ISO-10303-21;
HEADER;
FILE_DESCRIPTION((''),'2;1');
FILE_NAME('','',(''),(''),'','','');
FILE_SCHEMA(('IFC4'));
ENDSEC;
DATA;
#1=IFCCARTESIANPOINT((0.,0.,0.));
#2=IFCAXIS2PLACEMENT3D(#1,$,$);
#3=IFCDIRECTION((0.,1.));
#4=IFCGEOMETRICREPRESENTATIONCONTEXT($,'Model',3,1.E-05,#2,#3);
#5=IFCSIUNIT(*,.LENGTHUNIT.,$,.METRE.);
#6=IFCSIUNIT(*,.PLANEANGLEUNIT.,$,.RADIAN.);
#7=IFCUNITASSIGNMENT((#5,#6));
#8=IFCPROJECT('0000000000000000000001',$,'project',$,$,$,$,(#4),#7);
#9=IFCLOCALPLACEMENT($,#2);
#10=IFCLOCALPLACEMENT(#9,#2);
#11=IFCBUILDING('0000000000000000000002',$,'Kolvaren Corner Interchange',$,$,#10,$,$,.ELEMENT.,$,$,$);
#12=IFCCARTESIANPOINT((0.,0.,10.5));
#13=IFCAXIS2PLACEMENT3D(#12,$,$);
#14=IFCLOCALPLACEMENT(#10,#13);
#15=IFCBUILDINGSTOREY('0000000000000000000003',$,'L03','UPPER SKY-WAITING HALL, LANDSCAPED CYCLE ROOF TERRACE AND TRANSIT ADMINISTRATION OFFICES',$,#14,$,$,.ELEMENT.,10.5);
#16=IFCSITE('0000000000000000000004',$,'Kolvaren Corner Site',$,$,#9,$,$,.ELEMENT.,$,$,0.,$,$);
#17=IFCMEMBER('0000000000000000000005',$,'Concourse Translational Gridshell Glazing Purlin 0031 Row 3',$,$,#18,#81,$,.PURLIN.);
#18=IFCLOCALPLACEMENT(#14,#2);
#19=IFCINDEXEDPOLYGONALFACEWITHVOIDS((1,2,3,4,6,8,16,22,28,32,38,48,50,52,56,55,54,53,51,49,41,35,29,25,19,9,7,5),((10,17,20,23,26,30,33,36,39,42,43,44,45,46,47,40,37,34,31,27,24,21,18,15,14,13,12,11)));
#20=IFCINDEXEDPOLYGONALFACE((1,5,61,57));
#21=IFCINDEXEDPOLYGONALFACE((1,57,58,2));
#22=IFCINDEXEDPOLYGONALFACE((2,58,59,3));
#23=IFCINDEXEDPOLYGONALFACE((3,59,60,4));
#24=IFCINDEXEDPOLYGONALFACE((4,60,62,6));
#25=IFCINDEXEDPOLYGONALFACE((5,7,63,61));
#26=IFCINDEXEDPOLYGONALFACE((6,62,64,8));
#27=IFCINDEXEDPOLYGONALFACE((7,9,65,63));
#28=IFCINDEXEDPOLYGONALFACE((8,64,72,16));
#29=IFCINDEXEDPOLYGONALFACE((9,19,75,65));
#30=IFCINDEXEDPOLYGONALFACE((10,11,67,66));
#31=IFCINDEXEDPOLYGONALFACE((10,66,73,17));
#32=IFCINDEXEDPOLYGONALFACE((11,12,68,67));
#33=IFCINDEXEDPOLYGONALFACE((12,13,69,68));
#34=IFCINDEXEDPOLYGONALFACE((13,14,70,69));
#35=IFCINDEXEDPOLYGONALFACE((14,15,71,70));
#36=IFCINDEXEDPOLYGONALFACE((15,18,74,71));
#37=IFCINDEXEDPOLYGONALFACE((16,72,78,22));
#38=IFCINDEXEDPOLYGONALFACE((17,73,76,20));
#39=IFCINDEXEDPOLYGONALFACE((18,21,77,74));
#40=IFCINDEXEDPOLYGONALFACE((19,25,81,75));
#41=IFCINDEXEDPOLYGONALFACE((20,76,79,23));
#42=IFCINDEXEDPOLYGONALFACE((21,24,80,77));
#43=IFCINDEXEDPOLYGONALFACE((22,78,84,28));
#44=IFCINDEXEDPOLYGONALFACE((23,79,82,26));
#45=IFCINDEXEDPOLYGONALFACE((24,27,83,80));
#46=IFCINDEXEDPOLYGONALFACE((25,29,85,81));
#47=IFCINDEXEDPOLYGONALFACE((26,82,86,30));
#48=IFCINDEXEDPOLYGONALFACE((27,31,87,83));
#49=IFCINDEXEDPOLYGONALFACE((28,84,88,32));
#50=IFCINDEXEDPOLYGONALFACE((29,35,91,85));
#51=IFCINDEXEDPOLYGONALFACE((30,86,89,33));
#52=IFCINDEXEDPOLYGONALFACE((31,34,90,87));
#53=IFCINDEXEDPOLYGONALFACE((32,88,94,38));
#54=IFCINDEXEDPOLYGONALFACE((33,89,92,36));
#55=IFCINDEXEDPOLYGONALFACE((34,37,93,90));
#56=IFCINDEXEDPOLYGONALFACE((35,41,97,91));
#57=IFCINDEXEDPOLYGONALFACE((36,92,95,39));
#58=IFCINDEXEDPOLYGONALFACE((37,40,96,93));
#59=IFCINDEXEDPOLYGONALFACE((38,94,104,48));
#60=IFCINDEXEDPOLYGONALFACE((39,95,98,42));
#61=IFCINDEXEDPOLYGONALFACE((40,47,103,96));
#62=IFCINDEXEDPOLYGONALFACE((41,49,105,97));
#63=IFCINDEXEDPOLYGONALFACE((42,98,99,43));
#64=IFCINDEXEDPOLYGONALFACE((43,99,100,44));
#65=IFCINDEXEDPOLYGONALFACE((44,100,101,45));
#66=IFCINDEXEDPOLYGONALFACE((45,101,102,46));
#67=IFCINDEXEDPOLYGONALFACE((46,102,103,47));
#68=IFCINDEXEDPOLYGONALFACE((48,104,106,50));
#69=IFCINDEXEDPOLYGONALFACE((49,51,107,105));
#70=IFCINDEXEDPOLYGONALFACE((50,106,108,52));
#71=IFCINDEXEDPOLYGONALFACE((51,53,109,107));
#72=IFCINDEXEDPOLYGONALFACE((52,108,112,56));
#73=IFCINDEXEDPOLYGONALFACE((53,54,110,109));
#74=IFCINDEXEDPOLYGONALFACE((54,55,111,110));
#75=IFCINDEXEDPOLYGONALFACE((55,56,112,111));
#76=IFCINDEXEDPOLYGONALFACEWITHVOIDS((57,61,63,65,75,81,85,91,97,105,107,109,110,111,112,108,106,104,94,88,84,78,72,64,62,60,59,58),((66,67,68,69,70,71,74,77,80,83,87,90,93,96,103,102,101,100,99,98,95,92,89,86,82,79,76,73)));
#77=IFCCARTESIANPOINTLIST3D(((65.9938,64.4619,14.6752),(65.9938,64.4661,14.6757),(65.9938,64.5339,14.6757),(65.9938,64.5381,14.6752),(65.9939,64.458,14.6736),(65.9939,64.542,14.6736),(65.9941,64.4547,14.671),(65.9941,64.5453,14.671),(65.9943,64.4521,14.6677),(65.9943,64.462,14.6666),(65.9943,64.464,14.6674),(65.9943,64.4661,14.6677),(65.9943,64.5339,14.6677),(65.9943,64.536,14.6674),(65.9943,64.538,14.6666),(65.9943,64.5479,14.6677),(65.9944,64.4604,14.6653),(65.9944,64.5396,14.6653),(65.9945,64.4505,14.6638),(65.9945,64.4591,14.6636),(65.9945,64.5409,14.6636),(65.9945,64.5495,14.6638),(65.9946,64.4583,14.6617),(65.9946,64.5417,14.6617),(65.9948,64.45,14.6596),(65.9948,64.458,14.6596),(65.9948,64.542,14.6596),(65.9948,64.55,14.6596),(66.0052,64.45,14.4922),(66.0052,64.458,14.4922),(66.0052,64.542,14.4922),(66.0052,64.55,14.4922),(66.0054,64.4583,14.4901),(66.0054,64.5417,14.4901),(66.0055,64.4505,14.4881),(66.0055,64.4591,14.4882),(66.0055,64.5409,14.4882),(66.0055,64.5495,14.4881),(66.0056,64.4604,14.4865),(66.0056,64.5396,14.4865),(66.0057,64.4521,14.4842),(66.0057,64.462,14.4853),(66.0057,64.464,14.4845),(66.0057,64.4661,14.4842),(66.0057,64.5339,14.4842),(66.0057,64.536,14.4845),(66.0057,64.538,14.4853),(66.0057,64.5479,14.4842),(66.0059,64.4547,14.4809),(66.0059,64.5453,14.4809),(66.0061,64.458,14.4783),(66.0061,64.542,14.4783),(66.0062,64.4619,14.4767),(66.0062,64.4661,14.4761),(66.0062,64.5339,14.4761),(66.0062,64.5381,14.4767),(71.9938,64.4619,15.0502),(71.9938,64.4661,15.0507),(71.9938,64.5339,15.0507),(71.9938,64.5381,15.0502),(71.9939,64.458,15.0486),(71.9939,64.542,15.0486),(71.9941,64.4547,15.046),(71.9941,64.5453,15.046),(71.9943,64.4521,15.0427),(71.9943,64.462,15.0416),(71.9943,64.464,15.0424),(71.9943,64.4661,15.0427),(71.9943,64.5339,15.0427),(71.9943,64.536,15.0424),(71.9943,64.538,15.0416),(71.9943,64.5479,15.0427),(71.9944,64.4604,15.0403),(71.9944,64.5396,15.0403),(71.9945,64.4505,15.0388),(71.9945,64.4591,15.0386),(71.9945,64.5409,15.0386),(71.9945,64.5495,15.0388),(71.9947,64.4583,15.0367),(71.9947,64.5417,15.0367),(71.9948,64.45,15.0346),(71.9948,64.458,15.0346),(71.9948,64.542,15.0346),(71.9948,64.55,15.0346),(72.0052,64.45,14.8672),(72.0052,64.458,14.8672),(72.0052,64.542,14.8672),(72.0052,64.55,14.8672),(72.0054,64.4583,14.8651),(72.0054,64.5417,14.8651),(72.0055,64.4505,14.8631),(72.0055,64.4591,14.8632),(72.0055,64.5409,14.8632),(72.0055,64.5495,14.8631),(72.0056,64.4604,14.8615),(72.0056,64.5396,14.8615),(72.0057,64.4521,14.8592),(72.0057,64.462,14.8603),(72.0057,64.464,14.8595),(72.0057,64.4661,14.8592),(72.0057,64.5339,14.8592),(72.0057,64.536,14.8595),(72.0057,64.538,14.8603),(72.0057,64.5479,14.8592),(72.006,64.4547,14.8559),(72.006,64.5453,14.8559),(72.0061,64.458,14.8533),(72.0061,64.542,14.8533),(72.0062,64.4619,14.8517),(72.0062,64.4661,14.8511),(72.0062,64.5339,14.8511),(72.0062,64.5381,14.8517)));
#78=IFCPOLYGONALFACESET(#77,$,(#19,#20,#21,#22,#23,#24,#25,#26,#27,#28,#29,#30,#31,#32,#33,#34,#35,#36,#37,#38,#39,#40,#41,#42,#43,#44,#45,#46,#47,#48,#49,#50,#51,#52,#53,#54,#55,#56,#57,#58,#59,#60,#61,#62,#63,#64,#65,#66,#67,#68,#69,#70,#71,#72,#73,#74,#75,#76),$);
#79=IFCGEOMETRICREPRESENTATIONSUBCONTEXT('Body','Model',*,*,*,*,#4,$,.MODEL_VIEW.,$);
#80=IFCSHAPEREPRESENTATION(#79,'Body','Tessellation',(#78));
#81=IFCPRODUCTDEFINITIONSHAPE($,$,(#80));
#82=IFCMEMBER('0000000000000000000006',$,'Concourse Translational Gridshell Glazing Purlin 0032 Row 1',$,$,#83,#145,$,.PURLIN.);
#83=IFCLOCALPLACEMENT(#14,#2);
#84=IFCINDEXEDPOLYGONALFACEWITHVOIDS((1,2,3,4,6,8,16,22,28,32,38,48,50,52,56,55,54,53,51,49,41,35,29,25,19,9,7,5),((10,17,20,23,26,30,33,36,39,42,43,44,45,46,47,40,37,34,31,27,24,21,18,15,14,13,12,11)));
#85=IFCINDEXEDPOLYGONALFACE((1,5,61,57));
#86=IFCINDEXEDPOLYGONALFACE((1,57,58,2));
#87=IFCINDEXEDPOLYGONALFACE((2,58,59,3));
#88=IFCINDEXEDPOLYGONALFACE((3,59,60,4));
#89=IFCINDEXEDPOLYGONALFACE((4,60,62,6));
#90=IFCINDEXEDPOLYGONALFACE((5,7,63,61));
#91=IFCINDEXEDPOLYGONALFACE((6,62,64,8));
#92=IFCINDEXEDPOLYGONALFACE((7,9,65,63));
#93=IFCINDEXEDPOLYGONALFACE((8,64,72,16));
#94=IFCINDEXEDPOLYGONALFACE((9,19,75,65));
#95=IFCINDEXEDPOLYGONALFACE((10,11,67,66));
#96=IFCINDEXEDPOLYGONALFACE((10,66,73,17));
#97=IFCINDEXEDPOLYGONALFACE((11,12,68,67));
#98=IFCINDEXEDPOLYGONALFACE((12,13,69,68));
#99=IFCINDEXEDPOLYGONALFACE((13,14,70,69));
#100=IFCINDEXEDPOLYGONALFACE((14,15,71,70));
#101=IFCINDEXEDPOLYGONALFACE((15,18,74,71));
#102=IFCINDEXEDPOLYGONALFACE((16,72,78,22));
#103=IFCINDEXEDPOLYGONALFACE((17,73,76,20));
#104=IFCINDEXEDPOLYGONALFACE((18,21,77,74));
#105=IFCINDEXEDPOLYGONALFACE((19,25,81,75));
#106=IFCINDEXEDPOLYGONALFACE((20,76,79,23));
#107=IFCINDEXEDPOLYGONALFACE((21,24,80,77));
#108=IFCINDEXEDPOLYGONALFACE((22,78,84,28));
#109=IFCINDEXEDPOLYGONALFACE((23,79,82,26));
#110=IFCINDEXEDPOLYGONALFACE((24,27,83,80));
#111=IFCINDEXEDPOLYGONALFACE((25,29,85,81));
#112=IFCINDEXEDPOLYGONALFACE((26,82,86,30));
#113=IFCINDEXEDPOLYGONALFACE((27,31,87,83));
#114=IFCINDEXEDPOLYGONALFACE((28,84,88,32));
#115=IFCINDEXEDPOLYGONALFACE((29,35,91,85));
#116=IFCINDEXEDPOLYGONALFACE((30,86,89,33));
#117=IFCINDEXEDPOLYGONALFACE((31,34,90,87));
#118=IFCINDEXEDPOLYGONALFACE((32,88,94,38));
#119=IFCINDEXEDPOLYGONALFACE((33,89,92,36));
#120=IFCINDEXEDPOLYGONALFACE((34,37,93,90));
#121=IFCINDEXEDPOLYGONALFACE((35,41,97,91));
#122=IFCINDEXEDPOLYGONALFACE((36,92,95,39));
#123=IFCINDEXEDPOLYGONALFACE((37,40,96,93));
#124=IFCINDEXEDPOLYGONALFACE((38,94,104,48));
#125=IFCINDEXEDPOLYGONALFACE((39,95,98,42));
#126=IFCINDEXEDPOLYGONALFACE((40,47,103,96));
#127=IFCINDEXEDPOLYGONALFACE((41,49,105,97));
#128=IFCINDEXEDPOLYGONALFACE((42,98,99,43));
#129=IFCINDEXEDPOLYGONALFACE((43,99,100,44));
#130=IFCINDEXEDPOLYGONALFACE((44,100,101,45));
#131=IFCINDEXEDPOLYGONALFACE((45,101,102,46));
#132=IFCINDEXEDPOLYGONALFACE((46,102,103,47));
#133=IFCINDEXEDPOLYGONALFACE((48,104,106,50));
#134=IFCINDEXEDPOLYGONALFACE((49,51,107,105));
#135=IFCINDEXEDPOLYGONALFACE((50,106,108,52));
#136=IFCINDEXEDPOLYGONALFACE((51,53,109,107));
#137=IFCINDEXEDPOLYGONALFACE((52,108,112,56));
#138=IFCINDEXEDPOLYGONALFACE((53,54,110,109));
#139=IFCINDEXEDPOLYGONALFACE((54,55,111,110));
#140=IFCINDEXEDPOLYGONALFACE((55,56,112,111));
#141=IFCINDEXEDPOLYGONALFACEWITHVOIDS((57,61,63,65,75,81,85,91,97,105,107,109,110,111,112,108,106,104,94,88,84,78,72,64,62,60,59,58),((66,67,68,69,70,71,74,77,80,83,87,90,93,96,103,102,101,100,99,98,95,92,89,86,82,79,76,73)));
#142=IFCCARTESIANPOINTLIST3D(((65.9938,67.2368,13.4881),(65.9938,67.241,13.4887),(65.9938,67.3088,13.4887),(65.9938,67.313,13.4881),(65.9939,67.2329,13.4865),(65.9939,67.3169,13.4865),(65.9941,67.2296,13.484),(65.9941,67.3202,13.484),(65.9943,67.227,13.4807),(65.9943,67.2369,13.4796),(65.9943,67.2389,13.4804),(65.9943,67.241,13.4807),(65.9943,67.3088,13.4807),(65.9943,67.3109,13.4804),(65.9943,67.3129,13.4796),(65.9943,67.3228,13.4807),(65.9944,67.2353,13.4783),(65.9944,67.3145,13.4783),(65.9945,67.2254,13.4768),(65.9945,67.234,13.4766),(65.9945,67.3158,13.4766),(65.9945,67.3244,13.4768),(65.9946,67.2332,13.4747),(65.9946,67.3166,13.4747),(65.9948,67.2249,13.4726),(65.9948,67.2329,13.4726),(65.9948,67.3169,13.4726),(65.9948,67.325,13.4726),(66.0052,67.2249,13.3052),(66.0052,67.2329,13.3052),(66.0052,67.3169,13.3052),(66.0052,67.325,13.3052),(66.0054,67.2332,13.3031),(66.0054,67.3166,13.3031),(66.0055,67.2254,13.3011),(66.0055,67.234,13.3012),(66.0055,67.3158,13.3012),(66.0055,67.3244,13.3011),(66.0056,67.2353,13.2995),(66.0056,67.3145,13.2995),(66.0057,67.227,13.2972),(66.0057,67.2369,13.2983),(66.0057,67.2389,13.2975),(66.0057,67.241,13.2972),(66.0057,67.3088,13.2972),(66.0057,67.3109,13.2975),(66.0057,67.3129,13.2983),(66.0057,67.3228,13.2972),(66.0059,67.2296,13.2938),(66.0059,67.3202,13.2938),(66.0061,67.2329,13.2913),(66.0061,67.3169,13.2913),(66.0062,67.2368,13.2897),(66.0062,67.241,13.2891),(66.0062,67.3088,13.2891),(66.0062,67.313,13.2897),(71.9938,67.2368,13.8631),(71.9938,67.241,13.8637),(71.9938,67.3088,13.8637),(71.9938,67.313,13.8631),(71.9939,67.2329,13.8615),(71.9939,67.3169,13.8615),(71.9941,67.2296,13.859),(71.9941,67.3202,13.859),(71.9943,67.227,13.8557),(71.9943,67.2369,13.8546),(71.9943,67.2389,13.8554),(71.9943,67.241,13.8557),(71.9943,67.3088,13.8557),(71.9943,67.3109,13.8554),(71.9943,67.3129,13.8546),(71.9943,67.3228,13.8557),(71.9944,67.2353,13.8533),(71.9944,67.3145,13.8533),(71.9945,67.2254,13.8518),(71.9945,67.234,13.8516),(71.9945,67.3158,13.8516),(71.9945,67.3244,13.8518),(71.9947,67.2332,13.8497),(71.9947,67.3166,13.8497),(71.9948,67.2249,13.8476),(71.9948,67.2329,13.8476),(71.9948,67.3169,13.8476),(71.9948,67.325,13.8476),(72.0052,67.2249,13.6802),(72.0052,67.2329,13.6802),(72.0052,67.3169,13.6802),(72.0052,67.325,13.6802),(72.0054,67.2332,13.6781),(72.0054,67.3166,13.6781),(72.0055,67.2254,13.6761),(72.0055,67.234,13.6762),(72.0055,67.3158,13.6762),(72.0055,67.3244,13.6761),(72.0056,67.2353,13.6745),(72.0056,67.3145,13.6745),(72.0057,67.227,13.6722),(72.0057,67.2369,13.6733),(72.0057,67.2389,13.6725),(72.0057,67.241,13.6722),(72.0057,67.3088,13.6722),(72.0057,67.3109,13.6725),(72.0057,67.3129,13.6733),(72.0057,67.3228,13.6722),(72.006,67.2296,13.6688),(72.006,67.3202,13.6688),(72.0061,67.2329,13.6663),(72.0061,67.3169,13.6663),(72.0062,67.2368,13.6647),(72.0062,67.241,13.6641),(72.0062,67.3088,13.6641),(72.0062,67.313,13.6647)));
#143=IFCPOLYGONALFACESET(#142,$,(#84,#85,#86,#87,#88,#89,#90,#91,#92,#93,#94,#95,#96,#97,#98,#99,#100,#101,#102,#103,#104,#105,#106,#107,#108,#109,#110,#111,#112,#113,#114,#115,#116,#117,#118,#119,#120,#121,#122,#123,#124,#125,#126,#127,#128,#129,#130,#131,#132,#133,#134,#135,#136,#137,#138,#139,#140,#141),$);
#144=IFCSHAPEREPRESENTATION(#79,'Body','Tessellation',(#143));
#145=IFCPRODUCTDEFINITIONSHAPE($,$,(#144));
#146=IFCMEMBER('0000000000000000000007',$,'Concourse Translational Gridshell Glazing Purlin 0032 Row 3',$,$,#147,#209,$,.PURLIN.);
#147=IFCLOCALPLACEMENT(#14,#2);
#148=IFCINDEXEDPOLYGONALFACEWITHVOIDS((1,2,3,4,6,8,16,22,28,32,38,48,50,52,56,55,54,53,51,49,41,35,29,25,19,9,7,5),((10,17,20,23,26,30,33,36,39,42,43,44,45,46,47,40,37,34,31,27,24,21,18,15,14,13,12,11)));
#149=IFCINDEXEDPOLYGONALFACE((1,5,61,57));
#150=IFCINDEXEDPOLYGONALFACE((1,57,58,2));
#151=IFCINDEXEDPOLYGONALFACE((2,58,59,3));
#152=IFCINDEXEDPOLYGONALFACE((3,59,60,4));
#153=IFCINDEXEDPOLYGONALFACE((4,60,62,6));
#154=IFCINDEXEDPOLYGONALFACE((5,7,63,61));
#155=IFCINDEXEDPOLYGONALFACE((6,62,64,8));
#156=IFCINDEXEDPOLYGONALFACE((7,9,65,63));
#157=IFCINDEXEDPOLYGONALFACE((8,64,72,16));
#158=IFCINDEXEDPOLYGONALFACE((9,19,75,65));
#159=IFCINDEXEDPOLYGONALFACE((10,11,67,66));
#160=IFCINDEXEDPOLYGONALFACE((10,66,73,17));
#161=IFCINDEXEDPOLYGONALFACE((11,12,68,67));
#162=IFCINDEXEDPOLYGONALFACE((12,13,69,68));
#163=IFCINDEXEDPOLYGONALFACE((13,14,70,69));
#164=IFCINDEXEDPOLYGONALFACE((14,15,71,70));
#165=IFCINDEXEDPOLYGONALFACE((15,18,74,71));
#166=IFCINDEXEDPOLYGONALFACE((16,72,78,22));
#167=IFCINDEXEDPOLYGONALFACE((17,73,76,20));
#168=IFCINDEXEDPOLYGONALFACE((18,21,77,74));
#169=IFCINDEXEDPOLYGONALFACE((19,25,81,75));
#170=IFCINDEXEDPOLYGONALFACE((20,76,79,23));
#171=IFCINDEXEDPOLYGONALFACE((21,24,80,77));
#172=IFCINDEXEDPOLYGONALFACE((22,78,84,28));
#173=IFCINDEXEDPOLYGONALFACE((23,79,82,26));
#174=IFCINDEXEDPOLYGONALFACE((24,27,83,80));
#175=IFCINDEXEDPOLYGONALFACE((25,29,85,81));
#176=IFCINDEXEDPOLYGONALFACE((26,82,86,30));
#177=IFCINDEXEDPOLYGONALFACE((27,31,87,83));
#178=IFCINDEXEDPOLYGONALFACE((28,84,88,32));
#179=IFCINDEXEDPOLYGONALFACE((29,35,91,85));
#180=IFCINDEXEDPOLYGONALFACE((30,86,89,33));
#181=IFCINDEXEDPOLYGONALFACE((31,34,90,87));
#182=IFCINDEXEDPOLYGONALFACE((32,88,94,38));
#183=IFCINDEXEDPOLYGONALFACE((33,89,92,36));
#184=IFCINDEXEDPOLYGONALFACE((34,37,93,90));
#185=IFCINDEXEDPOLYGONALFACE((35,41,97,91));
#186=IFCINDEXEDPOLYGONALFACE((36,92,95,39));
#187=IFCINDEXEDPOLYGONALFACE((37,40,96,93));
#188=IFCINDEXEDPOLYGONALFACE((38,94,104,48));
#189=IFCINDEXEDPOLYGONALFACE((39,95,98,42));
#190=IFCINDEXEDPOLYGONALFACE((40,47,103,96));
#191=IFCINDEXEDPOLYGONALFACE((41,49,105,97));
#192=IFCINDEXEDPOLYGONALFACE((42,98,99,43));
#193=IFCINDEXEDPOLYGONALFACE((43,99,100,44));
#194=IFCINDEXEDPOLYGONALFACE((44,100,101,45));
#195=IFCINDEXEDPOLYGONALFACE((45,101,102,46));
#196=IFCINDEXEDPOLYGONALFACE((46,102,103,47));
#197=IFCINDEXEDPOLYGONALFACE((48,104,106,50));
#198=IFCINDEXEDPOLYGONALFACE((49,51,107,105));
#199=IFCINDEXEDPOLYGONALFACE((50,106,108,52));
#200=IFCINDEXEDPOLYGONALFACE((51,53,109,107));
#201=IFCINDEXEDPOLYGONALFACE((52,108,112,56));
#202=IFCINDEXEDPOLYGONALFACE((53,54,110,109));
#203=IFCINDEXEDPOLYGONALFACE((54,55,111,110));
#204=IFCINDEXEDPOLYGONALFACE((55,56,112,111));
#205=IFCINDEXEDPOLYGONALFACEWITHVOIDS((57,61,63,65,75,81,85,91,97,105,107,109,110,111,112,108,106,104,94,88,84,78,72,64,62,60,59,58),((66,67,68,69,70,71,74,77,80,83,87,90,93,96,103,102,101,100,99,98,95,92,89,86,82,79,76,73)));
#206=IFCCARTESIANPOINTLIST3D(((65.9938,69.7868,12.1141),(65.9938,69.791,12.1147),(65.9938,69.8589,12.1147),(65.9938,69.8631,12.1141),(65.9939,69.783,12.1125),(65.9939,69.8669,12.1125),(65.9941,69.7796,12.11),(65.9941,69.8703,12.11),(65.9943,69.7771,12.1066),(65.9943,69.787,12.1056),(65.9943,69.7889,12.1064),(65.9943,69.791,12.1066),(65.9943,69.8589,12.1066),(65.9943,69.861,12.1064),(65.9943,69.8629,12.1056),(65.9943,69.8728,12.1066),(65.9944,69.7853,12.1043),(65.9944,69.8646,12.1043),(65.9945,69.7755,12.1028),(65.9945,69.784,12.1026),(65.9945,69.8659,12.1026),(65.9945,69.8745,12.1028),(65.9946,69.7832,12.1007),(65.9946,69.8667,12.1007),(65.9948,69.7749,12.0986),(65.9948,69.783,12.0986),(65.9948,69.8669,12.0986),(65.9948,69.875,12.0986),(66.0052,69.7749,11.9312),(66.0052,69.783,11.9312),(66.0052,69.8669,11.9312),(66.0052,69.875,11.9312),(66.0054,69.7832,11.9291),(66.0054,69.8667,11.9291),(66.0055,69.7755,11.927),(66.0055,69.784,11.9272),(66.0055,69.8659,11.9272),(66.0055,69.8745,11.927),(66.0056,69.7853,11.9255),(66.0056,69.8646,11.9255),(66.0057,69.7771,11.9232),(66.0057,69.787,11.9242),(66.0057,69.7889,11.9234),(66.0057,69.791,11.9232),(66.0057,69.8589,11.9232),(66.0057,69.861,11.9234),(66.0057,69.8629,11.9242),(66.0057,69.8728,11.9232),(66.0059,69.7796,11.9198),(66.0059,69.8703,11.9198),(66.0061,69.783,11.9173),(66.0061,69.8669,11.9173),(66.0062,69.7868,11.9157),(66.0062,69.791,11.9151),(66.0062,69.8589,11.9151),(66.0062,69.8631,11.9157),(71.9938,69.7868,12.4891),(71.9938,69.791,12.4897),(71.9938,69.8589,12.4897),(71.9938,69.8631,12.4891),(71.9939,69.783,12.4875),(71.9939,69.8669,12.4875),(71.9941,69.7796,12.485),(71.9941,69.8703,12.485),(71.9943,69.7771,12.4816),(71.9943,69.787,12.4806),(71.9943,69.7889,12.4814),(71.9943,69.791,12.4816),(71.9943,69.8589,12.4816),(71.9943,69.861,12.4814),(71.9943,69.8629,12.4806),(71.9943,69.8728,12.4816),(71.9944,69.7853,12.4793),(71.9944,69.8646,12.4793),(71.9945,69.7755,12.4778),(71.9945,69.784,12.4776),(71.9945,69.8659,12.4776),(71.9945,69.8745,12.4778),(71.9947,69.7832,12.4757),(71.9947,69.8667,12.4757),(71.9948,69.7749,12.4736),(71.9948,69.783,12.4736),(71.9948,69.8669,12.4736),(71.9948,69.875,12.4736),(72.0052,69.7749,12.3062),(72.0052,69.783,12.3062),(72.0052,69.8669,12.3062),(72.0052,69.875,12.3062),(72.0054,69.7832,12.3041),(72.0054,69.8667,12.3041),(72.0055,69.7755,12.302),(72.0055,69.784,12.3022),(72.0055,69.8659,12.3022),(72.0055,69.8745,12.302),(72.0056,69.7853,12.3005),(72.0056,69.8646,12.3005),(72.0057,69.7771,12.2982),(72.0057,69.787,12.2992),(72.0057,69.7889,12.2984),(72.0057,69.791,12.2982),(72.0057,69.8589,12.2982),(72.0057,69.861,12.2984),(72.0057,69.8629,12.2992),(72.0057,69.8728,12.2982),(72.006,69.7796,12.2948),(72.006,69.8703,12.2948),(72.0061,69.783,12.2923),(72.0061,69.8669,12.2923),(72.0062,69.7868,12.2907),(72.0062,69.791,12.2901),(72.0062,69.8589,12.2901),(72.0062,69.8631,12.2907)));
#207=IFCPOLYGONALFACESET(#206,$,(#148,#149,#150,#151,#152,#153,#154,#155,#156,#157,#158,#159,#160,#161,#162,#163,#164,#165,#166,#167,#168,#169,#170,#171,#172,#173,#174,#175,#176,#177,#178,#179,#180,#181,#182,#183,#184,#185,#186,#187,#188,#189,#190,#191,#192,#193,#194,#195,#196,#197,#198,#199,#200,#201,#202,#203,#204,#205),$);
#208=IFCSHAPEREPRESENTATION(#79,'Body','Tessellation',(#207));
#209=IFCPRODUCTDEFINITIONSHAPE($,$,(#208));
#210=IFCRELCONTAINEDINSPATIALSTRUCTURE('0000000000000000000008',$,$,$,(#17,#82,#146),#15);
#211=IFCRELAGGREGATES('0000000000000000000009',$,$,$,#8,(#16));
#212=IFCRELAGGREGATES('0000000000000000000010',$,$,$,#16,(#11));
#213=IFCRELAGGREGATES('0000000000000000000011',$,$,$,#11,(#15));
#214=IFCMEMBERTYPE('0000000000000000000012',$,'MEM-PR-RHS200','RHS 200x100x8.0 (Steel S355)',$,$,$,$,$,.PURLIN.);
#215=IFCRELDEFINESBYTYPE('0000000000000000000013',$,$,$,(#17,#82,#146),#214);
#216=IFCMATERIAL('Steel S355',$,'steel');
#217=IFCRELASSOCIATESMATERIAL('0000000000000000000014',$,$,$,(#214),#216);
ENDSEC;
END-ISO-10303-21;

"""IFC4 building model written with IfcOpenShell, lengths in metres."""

from ifc_helpers import new_model, si_unit, direction, frame, origin, origin_2d, place, context, subcontext, project, spatial, hollow_rectangle, extrude, material, material_profile, profile_set, type_object, element, save


model = new_model("IFC4")

# Units and contexts
model_context = context("Model", 3, precision=1e-05, world=origin(), true_north=direction((0.0, 1.0)))
body_context = subcontext(model_context, "Body", "Model", "MODEL_VIEW")
ifc_project = project(units=[si_unit("LENGTHUNIT", "METRE"), si_unit("PLANEANGLEUNIT", "RADIAN")], contexts=[model_context])

# Site, building, storey
site_placement = place(None, origin())
site = spatial("IfcSite", under=ifc_project, at=site_placement, Name="Kolvaren Corner Site", CompositionType="ELEMENT", RefElevation=0.0)
building_placement = place(site_placement, origin())
building = spatial("IfcBuilding", under=site, at=building_placement, Name="Kolvaren Corner Interchange", CompositionType="ELEMENT")
storey_placement = place(building_placement, frame((0.0, 0.0, 10.5)))
storey = spatial("IfcBuildingStorey", under=building, at=storey_placement, Name="L03", Description="UPPER SKY-WAITING HALL, LANDSCAPED CYCLE ROOF TERRACE AND TRANSIT ADMINISTRATION OFFICES", CompositionType="ELEMENT", Elevation=10.5)

# Members
ifc_material_1 = material(Name="Steel S355", Category="steel")
ifc_material_profile_1 = material_profile(ifc_material_1, hollow_rectangle(XDim=0.1001, YDim=0.2, WallThickness=0.0081, InnerFilletRadius=0.0081, OuterFilletRadius=0.0161, at=origin_2d()), Name="RHS 200x100x8.0")
ifc_profile_set_1 = profile_set([ifc_material_profile_1], Name="Steel S355")
member_type_1 = type_object("IfcMemberType", Name="MEM-PR-RHS200", Description="RHS 200x100x8.0 (Steel S355)", PredefinedType="PURLIN", material=ifc_profile_set_1)
for number, where, z_axis, x_axis, name in (
    (1, (66.0, 64.5, 14.5759), (0.998053, 0.0, 0.062378), (0.0, 1.0, 0.0), "Concourse Translational Gridshell Glazing Purlin 0031 Row 3"),
    (2, (66.0, 67.2749, 13.3889), (0.998053, 0.0, 0.062378), (0.0, 1.0, 0.0), "Concourse Translational Gridshell Glazing Purlin 0032 Row 1"),
    (3, (66.0, 69.825, 12.0149), (0.998053, 0.0, 0.062378), (0.0, 1.0, 0.0), "Concourse Translational Gridshell Glazing Purlin 0032 Row 3"),
):
    element("IfcMember", number, at=place(storey_placement, frame(where, z_axis=z_axis, x_axis=x_axis)), inside=storey, type_object=member_type_1, Name=name, PredefinedType="PURLIN", context=body_context, shape_type="SweptSolid", body=[
        extrude(hollow_rectangle(XDim=0.1001, YDim=0.2, WallThickness=0.0081, InnerFilletRadius=0.0081, OuterFilletRadius=0.0161, at=origin_2d()), origin(), (0.0, 0.0, 1.0), 6.0117),
    ])

save(model, "model.ifc")
